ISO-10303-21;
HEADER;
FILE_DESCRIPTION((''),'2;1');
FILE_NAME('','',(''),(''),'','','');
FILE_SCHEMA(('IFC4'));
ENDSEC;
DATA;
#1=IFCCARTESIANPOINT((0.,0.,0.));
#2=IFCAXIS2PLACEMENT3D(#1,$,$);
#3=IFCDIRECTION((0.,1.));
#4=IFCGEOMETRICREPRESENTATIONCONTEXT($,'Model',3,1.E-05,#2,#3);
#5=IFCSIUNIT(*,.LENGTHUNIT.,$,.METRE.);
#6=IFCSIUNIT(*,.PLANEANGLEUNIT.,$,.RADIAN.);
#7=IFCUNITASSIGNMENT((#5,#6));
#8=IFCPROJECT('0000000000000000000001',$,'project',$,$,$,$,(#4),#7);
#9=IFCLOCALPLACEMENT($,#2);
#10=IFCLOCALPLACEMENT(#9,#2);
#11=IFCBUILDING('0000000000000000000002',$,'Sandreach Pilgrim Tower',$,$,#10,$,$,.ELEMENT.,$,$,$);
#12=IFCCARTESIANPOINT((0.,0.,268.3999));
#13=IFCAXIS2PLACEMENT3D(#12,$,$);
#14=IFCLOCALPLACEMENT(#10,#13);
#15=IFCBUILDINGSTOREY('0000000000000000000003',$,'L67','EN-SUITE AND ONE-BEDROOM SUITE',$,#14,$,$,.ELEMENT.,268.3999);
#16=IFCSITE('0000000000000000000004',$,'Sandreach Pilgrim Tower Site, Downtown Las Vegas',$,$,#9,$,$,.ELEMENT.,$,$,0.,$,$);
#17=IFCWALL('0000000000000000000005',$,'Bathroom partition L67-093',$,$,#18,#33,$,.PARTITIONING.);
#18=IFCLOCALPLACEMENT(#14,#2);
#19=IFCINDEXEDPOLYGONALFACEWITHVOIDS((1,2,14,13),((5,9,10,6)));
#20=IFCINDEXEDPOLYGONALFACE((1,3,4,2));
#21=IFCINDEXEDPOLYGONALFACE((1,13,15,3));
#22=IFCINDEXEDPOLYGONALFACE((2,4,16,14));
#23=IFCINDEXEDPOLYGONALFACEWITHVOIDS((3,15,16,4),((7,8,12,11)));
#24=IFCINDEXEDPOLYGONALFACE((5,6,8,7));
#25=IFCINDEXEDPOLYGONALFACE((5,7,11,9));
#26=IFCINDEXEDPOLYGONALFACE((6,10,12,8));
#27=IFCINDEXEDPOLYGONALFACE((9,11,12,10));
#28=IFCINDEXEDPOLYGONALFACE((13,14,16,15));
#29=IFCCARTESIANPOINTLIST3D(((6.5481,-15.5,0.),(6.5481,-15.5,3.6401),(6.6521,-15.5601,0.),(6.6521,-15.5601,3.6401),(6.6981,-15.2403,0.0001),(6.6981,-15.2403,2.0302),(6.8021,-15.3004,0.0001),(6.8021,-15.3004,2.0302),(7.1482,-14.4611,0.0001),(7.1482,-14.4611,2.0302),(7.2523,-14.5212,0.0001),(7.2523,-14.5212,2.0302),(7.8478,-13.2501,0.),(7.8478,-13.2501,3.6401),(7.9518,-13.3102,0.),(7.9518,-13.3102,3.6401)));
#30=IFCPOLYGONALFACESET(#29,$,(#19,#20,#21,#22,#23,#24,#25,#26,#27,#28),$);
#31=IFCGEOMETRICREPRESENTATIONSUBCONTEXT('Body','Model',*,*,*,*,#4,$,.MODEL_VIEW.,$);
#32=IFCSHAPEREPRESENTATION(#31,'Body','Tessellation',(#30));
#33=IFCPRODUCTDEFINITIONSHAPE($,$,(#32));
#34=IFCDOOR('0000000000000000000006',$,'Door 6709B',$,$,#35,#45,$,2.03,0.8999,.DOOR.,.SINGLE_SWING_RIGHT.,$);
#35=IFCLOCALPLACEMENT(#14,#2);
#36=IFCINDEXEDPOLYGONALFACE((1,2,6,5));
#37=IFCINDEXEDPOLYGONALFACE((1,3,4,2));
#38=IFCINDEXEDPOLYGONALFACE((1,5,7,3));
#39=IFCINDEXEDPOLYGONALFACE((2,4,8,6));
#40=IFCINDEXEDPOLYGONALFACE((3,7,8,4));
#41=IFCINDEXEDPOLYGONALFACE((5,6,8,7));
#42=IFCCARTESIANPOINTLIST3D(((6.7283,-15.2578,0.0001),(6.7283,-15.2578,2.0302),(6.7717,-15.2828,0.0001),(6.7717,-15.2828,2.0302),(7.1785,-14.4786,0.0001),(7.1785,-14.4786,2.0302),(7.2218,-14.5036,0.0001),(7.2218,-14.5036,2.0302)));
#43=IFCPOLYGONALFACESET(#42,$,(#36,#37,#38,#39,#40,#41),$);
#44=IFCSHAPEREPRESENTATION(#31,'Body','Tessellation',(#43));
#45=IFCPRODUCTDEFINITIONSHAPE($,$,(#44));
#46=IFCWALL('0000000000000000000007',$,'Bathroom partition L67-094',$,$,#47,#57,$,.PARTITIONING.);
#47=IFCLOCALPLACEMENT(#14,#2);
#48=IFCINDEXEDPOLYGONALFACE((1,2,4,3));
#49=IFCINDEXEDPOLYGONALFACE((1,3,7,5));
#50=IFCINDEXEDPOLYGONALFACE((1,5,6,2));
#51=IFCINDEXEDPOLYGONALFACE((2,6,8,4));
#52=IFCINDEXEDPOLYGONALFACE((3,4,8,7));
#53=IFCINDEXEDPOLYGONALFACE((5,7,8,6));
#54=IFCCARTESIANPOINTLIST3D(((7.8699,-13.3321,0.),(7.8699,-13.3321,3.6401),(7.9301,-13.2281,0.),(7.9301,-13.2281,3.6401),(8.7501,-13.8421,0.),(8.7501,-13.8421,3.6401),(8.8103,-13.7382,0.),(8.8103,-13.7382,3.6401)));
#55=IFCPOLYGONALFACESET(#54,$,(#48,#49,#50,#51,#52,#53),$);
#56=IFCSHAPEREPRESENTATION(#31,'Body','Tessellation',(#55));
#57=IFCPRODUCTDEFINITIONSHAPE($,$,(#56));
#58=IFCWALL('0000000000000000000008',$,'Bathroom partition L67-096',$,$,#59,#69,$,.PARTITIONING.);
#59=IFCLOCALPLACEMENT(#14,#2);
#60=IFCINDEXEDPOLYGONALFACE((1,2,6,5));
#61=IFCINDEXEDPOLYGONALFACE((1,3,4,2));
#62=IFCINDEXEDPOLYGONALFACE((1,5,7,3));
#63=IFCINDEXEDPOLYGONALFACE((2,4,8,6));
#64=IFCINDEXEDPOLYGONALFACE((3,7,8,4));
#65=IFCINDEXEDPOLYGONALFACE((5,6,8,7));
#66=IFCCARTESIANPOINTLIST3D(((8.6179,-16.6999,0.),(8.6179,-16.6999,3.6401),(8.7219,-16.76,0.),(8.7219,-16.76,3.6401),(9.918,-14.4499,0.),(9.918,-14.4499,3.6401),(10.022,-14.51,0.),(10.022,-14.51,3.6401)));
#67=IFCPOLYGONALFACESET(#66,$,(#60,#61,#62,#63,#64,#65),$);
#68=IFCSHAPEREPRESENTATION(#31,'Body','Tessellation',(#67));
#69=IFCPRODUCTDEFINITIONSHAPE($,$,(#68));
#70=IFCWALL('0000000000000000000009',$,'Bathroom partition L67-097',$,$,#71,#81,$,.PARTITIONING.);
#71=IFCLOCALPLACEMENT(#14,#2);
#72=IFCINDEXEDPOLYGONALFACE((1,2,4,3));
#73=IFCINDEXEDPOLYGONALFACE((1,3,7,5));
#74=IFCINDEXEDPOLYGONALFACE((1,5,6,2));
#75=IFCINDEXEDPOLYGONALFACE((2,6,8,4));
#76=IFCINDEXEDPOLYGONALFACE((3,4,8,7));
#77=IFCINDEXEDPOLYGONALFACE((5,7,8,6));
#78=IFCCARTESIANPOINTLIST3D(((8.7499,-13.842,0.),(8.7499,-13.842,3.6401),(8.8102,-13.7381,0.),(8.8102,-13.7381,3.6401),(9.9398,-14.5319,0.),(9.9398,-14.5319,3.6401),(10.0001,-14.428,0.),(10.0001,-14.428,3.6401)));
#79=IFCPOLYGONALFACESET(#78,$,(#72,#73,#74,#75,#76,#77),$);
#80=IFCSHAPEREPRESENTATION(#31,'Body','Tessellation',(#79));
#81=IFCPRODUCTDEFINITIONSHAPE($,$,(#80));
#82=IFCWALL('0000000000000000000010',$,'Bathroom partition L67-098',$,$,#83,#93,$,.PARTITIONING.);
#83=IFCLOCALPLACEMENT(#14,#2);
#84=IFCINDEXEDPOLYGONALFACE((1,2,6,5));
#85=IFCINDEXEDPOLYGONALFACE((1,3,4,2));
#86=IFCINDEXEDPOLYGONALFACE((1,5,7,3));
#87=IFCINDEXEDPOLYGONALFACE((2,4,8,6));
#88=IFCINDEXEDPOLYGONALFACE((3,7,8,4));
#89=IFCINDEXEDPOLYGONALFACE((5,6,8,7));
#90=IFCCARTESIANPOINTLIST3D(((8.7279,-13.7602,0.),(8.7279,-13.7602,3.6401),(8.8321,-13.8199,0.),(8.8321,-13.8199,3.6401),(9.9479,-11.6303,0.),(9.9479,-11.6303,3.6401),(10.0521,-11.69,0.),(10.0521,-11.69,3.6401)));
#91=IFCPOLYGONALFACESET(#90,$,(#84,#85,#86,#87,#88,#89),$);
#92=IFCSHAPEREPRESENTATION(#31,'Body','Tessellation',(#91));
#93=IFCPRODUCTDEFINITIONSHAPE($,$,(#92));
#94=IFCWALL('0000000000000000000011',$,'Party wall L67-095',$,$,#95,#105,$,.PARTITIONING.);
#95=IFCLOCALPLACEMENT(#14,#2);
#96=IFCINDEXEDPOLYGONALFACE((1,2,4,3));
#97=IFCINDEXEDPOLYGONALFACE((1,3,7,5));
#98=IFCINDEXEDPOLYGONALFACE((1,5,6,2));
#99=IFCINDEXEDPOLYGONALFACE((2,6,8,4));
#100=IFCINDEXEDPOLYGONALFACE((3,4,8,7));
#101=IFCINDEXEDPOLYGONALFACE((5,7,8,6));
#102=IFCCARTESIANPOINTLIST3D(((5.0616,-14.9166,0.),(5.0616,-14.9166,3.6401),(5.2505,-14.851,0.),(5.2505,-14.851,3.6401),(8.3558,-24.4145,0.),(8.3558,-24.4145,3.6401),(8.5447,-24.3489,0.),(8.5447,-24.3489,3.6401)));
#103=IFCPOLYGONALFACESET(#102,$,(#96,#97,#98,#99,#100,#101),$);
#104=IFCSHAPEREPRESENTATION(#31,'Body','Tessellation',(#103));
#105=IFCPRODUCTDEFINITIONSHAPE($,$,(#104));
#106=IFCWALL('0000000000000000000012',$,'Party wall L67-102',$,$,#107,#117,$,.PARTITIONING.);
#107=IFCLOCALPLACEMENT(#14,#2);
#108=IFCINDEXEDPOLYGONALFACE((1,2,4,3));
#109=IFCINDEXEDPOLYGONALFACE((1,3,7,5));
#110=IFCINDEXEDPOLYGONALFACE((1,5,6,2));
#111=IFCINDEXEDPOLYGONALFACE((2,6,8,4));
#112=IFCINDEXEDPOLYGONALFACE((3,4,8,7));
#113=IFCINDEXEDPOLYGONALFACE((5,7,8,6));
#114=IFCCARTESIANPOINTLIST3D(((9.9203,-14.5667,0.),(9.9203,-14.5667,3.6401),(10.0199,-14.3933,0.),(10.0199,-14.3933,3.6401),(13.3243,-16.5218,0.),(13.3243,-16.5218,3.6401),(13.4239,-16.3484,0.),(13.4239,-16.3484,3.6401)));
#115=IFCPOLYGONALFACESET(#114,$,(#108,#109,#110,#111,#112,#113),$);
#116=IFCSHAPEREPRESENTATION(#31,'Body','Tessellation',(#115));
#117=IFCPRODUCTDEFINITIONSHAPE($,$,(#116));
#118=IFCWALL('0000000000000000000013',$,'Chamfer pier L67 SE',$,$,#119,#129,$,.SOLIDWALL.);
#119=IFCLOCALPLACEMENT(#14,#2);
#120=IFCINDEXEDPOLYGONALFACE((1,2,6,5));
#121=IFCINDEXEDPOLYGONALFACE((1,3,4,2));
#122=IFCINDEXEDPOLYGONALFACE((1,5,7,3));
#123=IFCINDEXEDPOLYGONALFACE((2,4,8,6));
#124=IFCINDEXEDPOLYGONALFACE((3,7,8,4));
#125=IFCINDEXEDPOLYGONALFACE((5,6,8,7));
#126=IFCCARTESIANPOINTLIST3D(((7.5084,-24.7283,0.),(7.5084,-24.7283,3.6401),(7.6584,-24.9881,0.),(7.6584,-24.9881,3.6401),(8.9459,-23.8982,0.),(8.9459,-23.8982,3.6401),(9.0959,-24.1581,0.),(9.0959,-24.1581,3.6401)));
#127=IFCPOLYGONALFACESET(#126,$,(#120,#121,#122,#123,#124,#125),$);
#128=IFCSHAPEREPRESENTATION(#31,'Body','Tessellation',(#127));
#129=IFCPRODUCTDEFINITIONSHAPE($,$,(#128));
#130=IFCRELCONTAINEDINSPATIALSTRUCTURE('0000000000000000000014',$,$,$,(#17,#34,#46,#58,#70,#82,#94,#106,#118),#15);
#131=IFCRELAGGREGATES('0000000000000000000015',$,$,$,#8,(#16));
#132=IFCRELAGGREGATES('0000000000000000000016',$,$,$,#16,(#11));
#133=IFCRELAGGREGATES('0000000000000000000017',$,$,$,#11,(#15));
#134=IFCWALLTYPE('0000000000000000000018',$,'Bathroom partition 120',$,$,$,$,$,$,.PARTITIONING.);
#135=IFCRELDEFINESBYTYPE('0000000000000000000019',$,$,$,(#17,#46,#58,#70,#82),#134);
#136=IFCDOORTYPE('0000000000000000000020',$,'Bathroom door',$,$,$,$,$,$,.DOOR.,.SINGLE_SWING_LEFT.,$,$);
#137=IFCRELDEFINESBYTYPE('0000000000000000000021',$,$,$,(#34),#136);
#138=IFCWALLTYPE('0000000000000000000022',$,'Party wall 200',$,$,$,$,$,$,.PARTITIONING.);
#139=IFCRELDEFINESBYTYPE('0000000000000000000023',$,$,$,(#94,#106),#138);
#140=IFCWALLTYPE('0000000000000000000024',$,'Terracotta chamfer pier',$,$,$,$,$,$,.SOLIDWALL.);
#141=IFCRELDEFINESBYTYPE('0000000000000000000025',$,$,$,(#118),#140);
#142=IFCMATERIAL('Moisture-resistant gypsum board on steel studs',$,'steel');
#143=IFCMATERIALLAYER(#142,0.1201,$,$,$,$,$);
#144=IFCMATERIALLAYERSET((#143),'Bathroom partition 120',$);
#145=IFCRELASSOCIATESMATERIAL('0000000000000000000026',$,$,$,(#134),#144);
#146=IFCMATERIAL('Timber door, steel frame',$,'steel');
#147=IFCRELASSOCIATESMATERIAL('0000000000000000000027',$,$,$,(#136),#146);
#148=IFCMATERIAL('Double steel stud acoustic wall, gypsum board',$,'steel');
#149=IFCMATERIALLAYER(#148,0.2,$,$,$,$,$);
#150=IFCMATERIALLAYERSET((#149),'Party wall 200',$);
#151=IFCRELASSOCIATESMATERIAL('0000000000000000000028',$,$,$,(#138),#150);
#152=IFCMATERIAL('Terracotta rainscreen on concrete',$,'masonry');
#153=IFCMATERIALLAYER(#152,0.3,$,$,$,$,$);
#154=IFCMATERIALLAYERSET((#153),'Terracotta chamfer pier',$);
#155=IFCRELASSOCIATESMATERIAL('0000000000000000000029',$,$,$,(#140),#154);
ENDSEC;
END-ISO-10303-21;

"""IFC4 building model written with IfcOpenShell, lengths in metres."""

from ifc_helpers import new_model, si_unit, direction, frame, frame_2d, origin, place, context, subcontext, project, spatial, rectangle, extrude, material, layer, layer_set, type_object, element, fill, save


model = new_model("IFC4")

# Units and contexts
model_context = context("Model", 3, precision=1e-05, world=origin(), true_north=direction((0.0, 1.0)))
body_context = subcontext(model_context, "Body", "Model", "MODEL_VIEW")
ifc_project = project(units=[si_unit("LENGTHUNIT", "METRE"), si_unit("PLANEANGLEUNIT", "RADIAN")], contexts=[model_context])

# Site, building, storey
site_placement = place(None, origin())
site = spatial("IfcSite", under=ifc_project, at=site_placement, Name="Sandreach Pilgrim Tower Site, Downtown Las Vegas", CompositionType="ELEMENT", RefElevation=0.0)
building_placement = place(site_placement, origin())
building = spatial("IfcBuilding", under=site, at=building_placement, Name="Sandreach Pilgrim Tower", CompositionType="ELEMENT")
storey_placement = place(building_placement, frame((0.0, 0.0, 268.3999)))
storey = spatial("IfcBuildingStorey", under=building, at=storey_placement, Name="L67", Description="EN-SUITE AND ONE-BEDROOM SUITE", CompositionType="ELEMENT", Elevation=268.3999)

# Wall, opening, door
ifc_material_1 = material(Name="Moisture-resistant gypsum board on steel studs", Category="steel")
ifc_layer_1 = layer(ifc_material_1, 0.1201)
ifc_layer_set_1 = layer_set([ifc_layer_1], Name="Bathroom partition 120")
wall_type_1 = type_object("IfcWallType", Name="Bathroom partition 120", PredefinedType="PARTITIONING", material=ifc_layer_set_1)
wall_1_placement = place(storey_placement, frame((7.8999, -13.28, 0.0), z_axis=(0.0, 0.0, 1.0), x_axis=(-0.500221, -0.865898, 0.0)))
wall_1 = element("IfcWall", 1, at=wall_1_placement, inside=storey, type_object=wall_type_1, Name="Bathroom partition L67-093", PredefinedType="PARTITIONING", context=body_context, shape_type="SweptSolid", body=[
    extrude(rectangle(XDim=2.5984, YDim=0.1201, at=frame_2d((1.2993, 0.0))), origin(), (0.0, 0.0, 1.0), 3.6401),
])
opening_placement = place(wall_1_placement, frame((1.3987, 0.0, 0.0)))
opening = element("IfcOpeningElement", 2, at=opening_placement, cuts=wall_1, PredefinedType="OPENING", context=body_context, shape_type="SweptSolid", body=[
    extrude(rectangle(XDim=0.8999, YDim=2.03, at=frame_2d((0.45, 1.0151))), frame((0.0, 0.0601, 0.0), z_axis=(0.0, -1.0, 0.0), x_axis=(1.0, 0.0, 0.0)), (0.0, 0.0, 1.0), 0.1201),
])
ifc_material_2 = material(Name="Timber door, steel frame", Category="steel")
door_type = type_object("IfcDoorType", Name="Bathroom door", OperationType="SINGLE_SWING_LEFT", PredefinedType="DOOR", material=ifc_material_2)
door_placement = place(opening_placement, origin())
door = element("IfcDoor", 3, at=door_placement, inside=storey, type_object=door_type, Name="Door 6709B", OperationType="SINGLE_SWING_RIGHT", OverallHeight=2.03, OverallWidth=0.8999, PredefinedType="DOOR", context=body_context, shape_type="SweptSolid", body=[
    extrude(rectangle(XDim=0.8999, YDim=2.03, at=frame_2d((0.45, 1.0151))), frame((0.0, 0.0249, 0.0), z_axis=(0.0, -1.0, 0.0), x_axis=(1.0, 0.0, 0.0)), (0.0, 0.0, 1.0), 0.05),
])
fill(opening, door)

# Walls
wall_2_placement = place(storey_placement, frame((7.8999, -13.28, 0.0), z_axis=(0.0, 0.0, 1.0), x_axis=(0.865229, -0.501377, 0.0)))
element("IfcWall", 4, at=wall_2_placement, inside=storey, type_object=wall_type_1, Name="Bathroom partition L67-094", PredefinedType="PARTITIONING", context=body_context, shape_type="SweptSolid", body=[
    extrude(rectangle(XDim=1.0173, YDim=0.1201, at=frame_2d((0.5088, 0.0))), origin(), (0.0, 0.0, 1.0), 3.6401),
])
wall_3_placement = place(storey_placement, frame((8.6699, -16.73, 0.0), z_axis=(0.0, 0.0, 1.0), x_axis=(0.500292, 0.865857, 0.0)))
element("IfcWall", 5, at=wall_3_placement, inside=storey, type_object=wall_type_1, Name="Bathroom partition L67-096", PredefinedType="PARTITIONING", context=body_context, shape_type="SweptSolid", body=[
    extrude(rectangle(XDim=2.5986, YDim=0.1201, at=frame_2d((1.2993, 0.0))), origin(), (0.0, 0.0, 1.0), 3.6401),
])
wall_4_placement = place(storey_placement, frame((8.78, -13.79, 0.0), z_axis=(0.0, 0.0, 1.0), x_axis=(0.865102, -0.501596, 0.0)))
element("IfcWall", 6, at=wall_4_placement, inside=storey, type_object=wall_type_1, Name="Bathroom partition L67-097", PredefinedType="PARTITIONING", context=body_context, shape_type="SweptSolid", body=[
    extrude(rectangle(XDim=1.3755, YDim=0.1201, at=frame_2d((0.6877, 0.0))), origin(), (0.0, 0.0, 1.0), 3.6401),
])
wall_5_placement = place(storey_placement, frame((8.78, -13.79, 0.0), z_axis=(0.0, 0.0, 1.0), x_axis=(0.497028, 0.867735, 0.0)))
element("IfcWall", 7, at=wall_5_placement, inside=storey, type_object=wall_type_1, Name="Bathroom partition L67-098", PredefinedType="PARTITIONING", context=body_context, shape_type="SweptSolid", body=[
    extrude(rectangle(XDim=2.4546, YDim=0.1201, at=frame_2d((1.2273, 0.0))), origin(), (0.0, 0.0, 1.0), 3.6401),
])
ifc_material_3 = material(Name="Double steel stud acoustic wall, gypsum board", Category="steel")
ifc_layer_2 = layer(ifc_material_3, 0.2)
ifc_layer_set_2 = layer_set([ifc_layer_2], Name="Party wall 200")
wall_type_2 = type_object("IfcWallType", Name="Party wall 200", PredefinedType="PARTITIONING", material=ifc_layer_set_2)
wall_6_placement = place(storey_placement, frame((8.4502, -24.3816, 0.0), z_axis=(0.0, 0.0, 1.0), x_axis=(-0.327687, 0.944786, 0.0)))
element("IfcWall", 8, at=wall_6_placement, inside=storey, type_object=wall_type_2, Name="Party wall L67-095", PredefinedType="PARTITIONING", context=body_context, shape_type="SweptSolid", body=[
    extrude(rectangle(XDim=10.053, YDim=0.2, at=frame_2d((5.0264, 0.0))), origin(), (0.0, 0.0, 1.0), 3.6401),
])
wall_7_placement = place(storey_placement, frame((9.97, -14.48, 0.0), z_axis=(0.0, 0.0, 1.0), x_axis=(0.867154, -0.49804, 0.0)))
element("IfcWall", 9, at=wall_7_placement, inside=storey, type_object=wall_type_2, Name="Party wall L67-102", PredefinedType="PARTITIONING", context=body_context, shape_type="SweptSolid", body=[
    extrude(rectangle(XDim=3.9255, YDim=0.2, at=frame_2d((1.9629, 0.0))), origin(), (0.0, 0.0, 1.0), 3.6401),
])
ifc_material_4 = material(Name="Terracotta rainscreen on concrete", Category="masonry")
ifc_layer_3 = layer(ifc_material_4, 0.3)
ifc_layer_set_3 = layer_set([ifc_layer_3], Name="Terracotta chamfer pier")
wall_type_3 = type_object("IfcWallType", Name="Terracotta chamfer pier", PredefinedType="SOLIDWALL", material=ifc_layer_set_3)
wall_8_placement = place(storey_placement, frame((9.021, -24.0281, 0.0), z_axis=(0.0, 0.0, 1.0), x_axis=(-0.86599, -0.500062, 0.0)))
element("IfcWall", 10, at=wall_8_placement, inside=storey, type_object=wall_type_3, Name="Chamfer pier L67 SE", PredefinedType="SOLIDWALL", context=body_context, shape_type="SweptSolid", body=[
    extrude(rectangle(XDim=1.6599, YDim=0.3, at=frame_2d((0.8301, 0.0))), origin(), (0.0, 0.0, 1.0), 3.6401),
])

save(model, "model.ifc")
